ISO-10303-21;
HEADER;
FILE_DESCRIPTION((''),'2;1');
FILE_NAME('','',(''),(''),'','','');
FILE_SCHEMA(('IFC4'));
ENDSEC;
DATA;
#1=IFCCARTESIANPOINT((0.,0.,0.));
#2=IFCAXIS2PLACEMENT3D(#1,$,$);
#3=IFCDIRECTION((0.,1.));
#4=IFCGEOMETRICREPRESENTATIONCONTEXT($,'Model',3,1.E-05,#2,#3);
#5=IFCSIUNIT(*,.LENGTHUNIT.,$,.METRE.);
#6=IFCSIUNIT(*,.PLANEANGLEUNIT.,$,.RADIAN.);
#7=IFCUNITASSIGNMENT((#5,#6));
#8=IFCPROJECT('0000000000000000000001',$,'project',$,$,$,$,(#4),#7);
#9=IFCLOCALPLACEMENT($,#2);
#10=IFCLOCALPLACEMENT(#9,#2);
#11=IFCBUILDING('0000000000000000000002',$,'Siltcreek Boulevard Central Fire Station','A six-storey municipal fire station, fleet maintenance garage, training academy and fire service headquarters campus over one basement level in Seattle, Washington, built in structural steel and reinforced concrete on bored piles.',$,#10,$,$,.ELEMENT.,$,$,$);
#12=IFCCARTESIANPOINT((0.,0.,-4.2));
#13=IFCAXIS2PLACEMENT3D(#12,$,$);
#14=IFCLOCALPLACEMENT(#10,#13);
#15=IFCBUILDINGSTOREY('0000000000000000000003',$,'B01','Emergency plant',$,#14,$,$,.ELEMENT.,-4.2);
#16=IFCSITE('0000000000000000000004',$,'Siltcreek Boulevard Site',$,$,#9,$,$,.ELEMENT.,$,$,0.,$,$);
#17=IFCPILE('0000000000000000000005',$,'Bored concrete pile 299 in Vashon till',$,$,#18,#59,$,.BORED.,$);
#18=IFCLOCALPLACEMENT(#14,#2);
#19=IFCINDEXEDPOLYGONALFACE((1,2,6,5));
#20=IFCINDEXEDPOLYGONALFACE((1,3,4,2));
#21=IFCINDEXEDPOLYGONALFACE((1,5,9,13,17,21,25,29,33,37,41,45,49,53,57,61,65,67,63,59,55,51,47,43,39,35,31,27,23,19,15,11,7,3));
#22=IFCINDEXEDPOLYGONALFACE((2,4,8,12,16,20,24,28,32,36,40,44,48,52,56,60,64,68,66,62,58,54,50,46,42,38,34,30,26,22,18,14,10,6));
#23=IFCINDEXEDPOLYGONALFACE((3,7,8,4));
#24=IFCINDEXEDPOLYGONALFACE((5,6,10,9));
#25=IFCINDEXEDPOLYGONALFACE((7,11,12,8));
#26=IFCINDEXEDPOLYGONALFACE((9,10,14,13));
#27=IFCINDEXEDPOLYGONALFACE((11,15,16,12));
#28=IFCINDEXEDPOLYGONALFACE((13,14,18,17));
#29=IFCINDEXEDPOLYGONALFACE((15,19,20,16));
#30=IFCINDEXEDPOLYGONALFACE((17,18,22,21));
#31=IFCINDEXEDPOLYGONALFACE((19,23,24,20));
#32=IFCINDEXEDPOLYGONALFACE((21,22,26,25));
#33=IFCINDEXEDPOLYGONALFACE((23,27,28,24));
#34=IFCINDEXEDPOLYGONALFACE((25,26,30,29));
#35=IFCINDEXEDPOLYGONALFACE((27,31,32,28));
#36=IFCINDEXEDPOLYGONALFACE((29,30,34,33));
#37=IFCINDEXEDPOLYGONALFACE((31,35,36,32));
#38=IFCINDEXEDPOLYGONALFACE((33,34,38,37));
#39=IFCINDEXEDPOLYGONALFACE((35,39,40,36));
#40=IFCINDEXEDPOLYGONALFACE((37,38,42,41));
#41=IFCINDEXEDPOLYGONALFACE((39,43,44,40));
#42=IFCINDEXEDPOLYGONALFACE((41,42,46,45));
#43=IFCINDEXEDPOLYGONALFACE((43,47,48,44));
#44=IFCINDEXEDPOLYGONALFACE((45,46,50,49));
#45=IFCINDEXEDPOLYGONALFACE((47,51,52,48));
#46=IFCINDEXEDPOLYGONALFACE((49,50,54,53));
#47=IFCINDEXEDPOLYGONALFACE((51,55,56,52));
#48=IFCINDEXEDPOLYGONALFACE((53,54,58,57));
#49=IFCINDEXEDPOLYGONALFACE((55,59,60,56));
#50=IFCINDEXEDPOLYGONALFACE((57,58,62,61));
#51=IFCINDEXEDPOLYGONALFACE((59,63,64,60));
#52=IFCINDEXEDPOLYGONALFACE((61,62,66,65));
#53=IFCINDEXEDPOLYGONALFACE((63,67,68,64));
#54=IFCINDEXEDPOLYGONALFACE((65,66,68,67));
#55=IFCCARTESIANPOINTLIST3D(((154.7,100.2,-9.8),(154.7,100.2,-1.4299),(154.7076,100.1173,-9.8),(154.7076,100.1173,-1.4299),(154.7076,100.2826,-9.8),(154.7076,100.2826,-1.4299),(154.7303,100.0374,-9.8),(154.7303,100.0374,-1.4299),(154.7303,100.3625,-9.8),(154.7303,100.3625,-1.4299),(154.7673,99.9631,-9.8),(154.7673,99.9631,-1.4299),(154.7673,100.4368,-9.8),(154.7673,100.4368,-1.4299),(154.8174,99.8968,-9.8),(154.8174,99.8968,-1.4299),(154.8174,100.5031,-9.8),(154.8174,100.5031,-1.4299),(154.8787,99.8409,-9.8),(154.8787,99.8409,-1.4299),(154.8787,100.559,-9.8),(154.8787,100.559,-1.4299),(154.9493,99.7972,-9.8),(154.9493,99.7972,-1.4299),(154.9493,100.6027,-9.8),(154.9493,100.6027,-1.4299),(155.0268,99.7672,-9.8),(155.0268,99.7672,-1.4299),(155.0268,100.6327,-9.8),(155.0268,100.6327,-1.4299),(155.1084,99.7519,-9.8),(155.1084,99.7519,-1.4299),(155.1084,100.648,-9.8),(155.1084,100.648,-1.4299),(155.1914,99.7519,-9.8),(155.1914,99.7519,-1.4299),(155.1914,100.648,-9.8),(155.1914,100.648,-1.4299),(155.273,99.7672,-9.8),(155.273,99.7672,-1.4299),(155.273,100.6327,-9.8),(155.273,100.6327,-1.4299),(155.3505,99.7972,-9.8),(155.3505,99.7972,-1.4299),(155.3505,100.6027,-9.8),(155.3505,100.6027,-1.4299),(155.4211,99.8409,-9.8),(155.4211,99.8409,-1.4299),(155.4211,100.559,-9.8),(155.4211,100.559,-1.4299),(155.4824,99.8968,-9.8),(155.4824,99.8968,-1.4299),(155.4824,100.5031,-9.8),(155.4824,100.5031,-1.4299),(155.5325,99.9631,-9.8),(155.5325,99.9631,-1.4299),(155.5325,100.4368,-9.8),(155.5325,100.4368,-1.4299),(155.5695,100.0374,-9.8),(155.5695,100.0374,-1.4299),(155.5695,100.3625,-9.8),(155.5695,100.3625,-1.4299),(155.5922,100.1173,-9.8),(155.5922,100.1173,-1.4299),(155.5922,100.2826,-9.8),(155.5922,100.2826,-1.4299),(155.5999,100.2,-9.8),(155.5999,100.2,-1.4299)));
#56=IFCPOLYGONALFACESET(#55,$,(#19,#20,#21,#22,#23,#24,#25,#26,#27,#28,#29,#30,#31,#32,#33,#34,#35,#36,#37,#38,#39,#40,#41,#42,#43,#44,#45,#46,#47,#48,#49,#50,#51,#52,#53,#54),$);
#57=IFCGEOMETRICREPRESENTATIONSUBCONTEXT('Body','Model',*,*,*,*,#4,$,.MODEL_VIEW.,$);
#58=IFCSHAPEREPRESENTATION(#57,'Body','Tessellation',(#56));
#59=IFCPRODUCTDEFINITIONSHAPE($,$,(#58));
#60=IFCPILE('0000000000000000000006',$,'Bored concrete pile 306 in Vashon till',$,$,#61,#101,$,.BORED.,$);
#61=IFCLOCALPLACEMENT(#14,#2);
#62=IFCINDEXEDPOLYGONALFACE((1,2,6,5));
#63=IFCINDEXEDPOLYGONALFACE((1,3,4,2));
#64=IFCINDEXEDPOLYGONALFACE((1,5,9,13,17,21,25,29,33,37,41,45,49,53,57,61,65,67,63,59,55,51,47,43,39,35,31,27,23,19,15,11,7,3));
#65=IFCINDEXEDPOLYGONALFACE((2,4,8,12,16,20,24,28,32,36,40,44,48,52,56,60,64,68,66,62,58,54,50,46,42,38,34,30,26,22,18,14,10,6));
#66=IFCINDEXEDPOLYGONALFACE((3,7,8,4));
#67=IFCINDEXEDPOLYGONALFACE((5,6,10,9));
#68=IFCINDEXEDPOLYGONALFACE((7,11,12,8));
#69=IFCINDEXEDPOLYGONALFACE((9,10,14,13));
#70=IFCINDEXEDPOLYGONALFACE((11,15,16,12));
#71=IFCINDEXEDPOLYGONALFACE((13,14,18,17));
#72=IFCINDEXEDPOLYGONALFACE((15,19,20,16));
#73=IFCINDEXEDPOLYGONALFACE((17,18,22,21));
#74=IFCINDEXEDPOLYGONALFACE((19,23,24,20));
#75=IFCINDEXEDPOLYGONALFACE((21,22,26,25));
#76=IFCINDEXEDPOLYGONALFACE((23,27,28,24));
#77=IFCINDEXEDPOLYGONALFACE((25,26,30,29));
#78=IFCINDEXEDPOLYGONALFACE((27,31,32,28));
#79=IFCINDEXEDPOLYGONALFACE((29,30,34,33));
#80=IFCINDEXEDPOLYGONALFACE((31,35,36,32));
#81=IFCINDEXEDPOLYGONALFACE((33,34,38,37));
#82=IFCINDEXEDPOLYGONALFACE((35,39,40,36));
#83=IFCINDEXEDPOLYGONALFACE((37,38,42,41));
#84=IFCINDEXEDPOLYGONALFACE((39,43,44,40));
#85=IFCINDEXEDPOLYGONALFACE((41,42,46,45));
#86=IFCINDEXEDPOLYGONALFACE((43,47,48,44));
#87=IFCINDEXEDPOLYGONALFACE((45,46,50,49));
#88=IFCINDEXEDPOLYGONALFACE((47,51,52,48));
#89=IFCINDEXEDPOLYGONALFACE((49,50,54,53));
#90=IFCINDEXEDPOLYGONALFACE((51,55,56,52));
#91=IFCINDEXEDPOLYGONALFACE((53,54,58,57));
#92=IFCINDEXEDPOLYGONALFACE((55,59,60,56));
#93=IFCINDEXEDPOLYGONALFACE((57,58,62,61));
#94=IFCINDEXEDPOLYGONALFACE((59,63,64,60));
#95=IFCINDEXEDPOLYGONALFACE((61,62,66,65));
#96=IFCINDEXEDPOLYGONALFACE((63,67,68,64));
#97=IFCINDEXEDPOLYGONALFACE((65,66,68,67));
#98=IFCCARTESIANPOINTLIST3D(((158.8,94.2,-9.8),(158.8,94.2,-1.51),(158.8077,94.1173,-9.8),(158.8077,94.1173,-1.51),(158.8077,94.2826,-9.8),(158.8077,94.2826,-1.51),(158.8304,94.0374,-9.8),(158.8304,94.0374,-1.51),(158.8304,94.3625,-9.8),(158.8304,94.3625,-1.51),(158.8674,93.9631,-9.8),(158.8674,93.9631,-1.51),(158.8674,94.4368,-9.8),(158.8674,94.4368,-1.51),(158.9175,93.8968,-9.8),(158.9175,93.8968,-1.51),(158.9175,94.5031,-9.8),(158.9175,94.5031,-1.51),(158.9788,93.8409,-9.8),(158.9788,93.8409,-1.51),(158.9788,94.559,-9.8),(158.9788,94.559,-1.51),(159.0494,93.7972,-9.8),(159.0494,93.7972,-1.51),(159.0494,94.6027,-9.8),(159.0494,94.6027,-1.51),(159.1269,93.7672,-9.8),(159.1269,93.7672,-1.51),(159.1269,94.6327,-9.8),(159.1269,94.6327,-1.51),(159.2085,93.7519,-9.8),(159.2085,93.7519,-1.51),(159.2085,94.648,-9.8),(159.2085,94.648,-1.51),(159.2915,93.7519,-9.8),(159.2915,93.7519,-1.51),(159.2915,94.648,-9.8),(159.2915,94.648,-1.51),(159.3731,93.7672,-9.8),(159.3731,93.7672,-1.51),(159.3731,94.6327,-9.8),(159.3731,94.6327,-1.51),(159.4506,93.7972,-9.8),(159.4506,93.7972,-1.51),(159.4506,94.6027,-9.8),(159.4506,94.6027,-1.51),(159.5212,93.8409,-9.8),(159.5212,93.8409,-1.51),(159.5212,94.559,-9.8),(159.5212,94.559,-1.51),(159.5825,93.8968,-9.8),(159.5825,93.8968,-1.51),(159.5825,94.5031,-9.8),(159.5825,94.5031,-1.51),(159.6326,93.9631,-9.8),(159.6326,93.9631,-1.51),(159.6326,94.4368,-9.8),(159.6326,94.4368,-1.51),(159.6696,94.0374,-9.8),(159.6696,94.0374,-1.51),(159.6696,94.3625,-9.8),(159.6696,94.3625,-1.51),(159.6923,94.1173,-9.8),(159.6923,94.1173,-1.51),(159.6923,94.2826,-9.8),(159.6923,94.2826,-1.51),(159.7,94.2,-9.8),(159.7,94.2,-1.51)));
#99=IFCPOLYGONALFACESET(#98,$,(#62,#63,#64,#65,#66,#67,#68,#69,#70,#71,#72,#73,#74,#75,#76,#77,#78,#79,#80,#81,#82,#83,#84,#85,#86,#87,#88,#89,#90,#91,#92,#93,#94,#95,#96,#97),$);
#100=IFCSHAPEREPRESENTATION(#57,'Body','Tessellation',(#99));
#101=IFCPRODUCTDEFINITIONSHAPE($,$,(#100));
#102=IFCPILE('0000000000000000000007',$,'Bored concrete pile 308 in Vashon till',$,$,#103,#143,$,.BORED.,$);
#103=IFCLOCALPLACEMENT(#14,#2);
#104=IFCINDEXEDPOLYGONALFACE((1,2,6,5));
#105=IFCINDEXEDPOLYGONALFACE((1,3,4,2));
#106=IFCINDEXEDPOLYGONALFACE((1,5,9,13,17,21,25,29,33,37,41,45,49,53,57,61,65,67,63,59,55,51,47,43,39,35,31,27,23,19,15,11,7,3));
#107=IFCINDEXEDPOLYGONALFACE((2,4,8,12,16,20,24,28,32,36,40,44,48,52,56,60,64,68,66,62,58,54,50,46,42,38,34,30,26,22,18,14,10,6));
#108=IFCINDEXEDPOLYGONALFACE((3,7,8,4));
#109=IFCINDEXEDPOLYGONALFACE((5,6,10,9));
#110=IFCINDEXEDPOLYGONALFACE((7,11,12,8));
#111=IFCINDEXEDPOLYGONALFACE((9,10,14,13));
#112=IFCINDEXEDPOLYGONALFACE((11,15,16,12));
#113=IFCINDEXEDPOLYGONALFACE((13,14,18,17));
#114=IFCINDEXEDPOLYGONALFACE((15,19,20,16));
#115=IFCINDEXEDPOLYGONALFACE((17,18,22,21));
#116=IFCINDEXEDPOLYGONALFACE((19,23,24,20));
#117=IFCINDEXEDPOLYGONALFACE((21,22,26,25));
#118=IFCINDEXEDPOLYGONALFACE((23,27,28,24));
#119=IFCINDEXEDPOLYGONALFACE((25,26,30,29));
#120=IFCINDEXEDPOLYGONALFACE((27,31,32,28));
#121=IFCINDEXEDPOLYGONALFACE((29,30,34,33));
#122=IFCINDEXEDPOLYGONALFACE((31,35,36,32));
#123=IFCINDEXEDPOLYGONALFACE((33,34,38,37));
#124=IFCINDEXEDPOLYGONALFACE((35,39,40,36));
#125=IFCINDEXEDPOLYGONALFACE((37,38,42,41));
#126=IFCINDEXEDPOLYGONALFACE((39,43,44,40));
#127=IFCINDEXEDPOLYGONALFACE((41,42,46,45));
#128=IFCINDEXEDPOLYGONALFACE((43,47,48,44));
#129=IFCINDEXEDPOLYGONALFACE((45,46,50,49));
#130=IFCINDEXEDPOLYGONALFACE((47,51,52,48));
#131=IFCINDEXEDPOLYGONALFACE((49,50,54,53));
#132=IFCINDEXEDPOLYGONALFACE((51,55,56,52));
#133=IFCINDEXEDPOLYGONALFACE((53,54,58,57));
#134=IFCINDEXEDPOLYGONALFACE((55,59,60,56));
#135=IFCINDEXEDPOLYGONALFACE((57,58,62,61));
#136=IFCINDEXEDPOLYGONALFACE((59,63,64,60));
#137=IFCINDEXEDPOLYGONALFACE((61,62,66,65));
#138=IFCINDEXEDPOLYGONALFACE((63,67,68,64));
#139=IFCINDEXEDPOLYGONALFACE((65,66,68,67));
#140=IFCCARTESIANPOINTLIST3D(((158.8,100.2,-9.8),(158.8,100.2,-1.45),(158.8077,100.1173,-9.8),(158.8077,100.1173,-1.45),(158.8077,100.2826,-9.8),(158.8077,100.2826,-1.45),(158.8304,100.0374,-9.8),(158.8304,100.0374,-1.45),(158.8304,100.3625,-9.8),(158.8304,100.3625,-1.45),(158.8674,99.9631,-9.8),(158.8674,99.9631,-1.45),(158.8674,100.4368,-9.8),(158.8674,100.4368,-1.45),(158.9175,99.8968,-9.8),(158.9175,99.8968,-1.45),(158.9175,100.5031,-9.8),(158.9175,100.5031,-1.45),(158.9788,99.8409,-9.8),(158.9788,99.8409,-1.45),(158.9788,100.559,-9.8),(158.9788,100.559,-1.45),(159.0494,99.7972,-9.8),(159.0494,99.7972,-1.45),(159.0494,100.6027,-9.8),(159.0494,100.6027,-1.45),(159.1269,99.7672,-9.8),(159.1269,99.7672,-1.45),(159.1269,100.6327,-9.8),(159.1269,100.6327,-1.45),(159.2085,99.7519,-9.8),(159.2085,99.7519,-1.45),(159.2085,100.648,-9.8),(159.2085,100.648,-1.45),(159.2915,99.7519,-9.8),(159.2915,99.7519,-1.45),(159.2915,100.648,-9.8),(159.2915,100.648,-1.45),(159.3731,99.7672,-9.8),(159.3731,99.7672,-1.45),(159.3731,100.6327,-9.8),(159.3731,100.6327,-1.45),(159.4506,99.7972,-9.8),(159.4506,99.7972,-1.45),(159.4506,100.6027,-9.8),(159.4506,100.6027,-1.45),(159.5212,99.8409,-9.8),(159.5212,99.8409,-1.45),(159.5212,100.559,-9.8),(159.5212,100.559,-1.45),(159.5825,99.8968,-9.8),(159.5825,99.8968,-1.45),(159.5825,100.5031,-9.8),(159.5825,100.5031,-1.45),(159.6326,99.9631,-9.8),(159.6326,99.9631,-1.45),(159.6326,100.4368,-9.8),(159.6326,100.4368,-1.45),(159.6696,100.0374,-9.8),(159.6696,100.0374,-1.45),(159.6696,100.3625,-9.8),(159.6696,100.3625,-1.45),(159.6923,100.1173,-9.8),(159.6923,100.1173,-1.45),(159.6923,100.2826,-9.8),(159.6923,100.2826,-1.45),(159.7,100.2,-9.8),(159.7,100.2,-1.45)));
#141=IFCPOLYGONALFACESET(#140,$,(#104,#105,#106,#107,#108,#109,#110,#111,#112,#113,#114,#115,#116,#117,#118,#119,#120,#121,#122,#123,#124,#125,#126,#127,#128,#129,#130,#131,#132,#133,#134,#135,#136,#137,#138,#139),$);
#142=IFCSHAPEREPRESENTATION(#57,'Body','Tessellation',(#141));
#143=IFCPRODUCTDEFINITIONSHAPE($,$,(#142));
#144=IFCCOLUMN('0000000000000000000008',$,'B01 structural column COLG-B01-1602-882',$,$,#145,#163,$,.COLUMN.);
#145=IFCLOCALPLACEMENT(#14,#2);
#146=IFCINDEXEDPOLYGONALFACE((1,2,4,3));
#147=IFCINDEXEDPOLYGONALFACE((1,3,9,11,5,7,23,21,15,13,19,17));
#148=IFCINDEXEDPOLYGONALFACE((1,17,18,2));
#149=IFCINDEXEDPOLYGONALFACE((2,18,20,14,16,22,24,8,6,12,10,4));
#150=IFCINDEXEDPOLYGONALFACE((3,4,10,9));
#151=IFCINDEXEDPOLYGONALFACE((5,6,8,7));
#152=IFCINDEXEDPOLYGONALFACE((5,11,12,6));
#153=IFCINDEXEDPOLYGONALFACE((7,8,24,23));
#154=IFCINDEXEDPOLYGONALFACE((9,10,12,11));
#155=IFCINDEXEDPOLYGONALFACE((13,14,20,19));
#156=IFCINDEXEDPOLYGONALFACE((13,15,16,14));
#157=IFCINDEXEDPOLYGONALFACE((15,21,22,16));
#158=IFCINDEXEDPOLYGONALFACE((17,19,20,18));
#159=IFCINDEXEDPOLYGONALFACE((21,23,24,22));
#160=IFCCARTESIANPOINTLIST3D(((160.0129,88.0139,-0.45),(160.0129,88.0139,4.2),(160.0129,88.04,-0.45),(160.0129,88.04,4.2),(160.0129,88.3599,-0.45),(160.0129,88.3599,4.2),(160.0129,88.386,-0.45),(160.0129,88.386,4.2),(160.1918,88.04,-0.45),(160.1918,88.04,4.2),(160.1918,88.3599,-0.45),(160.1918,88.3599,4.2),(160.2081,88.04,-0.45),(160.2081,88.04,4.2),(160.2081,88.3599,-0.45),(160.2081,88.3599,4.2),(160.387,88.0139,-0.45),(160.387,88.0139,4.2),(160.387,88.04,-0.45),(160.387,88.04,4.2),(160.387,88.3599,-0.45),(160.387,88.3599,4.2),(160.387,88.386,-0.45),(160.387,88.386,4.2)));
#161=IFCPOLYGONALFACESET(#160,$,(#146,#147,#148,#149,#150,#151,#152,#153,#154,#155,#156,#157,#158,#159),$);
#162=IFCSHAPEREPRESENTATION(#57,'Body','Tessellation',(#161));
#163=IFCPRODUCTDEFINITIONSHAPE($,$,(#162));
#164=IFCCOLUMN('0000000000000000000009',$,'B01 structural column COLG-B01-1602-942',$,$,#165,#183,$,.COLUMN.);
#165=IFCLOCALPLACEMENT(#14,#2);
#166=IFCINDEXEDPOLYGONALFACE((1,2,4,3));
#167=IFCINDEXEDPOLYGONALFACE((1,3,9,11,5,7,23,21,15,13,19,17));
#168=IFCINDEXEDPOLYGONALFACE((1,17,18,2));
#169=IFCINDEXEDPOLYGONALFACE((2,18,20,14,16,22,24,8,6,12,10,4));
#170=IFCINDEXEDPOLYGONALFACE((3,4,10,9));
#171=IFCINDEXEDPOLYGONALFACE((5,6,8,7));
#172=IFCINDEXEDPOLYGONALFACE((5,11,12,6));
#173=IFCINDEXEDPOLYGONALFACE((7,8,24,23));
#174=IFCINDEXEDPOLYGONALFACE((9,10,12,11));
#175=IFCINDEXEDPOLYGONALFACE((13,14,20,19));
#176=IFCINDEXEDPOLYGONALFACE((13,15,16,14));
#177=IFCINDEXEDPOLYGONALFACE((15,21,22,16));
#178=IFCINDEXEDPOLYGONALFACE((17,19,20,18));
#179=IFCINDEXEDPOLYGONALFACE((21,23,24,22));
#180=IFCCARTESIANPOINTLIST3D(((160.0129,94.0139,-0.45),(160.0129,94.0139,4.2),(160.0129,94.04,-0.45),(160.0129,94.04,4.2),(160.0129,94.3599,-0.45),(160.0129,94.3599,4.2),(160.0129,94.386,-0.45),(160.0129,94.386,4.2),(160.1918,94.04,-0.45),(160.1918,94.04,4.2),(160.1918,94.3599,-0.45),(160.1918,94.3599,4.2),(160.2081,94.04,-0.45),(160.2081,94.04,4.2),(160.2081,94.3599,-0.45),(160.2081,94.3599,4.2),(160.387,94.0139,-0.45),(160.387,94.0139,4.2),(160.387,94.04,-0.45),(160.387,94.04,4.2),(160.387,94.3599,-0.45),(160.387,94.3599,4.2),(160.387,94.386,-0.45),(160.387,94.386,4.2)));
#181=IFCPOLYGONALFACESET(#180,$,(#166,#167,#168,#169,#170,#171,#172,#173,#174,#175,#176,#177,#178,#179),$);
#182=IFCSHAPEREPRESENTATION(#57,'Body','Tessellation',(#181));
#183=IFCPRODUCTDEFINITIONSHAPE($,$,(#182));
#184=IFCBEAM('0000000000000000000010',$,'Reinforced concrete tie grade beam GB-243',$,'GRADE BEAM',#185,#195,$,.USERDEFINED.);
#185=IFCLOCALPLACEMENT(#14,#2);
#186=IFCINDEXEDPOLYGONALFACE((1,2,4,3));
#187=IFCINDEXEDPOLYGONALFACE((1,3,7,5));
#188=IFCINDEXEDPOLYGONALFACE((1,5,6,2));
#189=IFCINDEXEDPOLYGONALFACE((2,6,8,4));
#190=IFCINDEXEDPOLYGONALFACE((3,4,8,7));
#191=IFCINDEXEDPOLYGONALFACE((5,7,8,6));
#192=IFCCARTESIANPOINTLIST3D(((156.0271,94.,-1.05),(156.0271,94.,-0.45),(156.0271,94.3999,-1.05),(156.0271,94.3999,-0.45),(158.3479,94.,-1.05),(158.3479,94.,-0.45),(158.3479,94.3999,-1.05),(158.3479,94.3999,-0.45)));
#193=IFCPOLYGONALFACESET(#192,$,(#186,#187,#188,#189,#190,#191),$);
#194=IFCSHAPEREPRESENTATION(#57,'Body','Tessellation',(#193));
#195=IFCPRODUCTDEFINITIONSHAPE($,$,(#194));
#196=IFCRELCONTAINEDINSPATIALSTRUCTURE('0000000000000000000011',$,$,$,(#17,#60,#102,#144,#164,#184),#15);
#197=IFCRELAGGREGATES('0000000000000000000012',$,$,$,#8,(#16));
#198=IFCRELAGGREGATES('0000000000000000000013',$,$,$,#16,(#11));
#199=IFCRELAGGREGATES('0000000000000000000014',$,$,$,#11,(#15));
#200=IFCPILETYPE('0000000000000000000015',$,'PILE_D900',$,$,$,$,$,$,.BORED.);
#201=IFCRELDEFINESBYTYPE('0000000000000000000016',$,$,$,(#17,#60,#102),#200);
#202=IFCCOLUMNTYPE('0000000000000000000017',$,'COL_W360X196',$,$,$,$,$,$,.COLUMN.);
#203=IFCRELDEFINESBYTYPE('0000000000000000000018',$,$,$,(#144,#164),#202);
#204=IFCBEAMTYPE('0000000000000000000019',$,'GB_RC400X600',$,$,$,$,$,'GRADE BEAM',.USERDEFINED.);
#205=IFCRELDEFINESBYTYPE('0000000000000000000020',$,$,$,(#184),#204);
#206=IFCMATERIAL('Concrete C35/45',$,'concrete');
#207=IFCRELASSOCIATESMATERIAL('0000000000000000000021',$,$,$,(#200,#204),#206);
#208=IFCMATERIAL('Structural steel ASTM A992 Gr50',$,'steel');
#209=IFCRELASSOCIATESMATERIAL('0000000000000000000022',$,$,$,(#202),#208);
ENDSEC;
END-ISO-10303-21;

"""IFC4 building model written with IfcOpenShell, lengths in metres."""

from ifc_helpers import new_model, si_unit, direction, frame, origin, origin_2d, place, context, subcontext, project, spatial, rectangle, circle, i_section, extrude, material, material_profile, profile_set, type_object, element, save


model = new_model("IFC4")

# Units and contexts
model_context = context("Model", 3, precision=1e-05, world=origin(), true_north=direction((0.0, 1.0)))
body_context = subcontext(model_context, "Body", "Model", "MODEL_VIEW")
ifc_project = project(units=[si_unit("LENGTHUNIT", "METRE"), si_unit("PLANEANGLEUNIT", "RADIAN")], contexts=[model_context])

# Site, building, storey
site_placement = place(None, origin())
site = spatial("IfcSite", under=ifc_project, at=site_placement, Name="Siltcreek Boulevard Site", CompositionType="ELEMENT", RefElevation=0.0)
building_placement = place(site_placement, origin())
building = spatial("IfcBuilding", under=site, at=building_placement, Name="Siltcreek Boulevard Central Fire Station", Description="A six-storey municipal fire station, fleet maintenance garage, training academy and fire service headquarters campus over one basement level in Seattle, Washington, built in structural steel and reinforced concrete on bored piles.", CompositionType="ELEMENT")
storey_placement = place(building_placement, frame((0.0, 0.0, -4.2)))
storey = spatial("IfcBuildingStorey", under=building, at=storey_placement, Name="B01", Description="Emergency plant", CompositionType="ELEMENT", Elevation=-4.2)

# Shared definitions
ifc_material_1 = material(Name="Concrete C35/45", Category="concrete")

# Piles
ifc_material_profile_1 = material_profile(ifc_material_1, circle(Radius=0.45, at=origin_2d()), Name="SHAFT900")
ifc_profile_set_1 = profile_set([ifc_material_profile_1], Name="Concrete C35/45")
pile_type_1 = type_object("IfcPileType", Name="PILE_D900", PredefinedType="BORED", material=ifc_profile_set_1)
pile_1_placement = place(storey_placement, frame((155.1499, 100.2, -1.4299), z_axis=(0.0, 0.0, -1.0), x_axis=(1.0, 0.0, 0.0)))
element("IfcPile", 1, at=pile_1_placement, inside=storey, type_object=pile_type_1, Name="Bored concrete pile 299 in Vashon till", PredefinedType="BORED", context=body_context, shape_type="SweptSolid", body=[
    extrude(circle(Radius=0.45, at=origin_2d()), origin(), (0.0, 0.0, 1.0), 8.3701),
])
pile_2_placement = place(storey_placement, frame((159.25, 94.2, -1.51), z_axis=(0.0, 0.0, -1.0), x_axis=(1.0, 0.0, 0.0)))
element("IfcPile", 2, at=pile_2_placement, inside=storey, type_object=pile_type_1, Name="Bored concrete pile 306 in Vashon till", PredefinedType="BORED", context=body_context, shape_type="SweptSolid", body=[
    extrude(circle(Radius=0.45, at=origin_2d()), origin(), (0.0, 0.0, 1.0), 8.29),
])
pile_3_placement = place(storey_placement, frame((159.25, 100.2, -1.45), z_axis=(0.0, 0.0, -1.0), x_axis=(1.0, 0.0, 0.0)))
element("IfcPile", 3, at=pile_3_placement, inside=storey, type_object=pile_type_1, Name="Bored concrete pile 308 in Vashon till", PredefinedType="BORED", context=body_context, shape_type="SweptSolid", body=[
    extrude(circle(Radius=0.45, at=origin_2d()), origin(), (0.0, 0.0, 1.0), 8.3501),
])

# Columns
ifc_material_2 = material(Name="Structural steel ASTM A992 Gr50", Category="steel")
ifc_material_profile_2 = material_profile(ifc_material_2, i_section(OverallWidth=0.374, OverallDepth=0.3721, WebThickness=0.0164, FlangeThickness=0.0261, at=origin_2d()), Name="W360X196")
ifc_profile_set_2 = profile_set([ifc_material_profile_2], Name="Structural steel ASTM A992 Gr50")
column_type = type_object("IfcColumnType", Name="COL_W360X196", PredefinedType="COLUMN", material=ifc_profile_set_2)
for number, where, z_axis, x_axis, name in (
    (4, (160.2, 88.2, -0.45), (0.0, 0.0, 1.0), (1.0, 0.0, 0.0), "B01 structural column COLG-B01-1602-882"),
    (5, (160.2, 94.2, -0.45), (0.0, 0.0, 1.0), (1.0, 0.0, 0.0), "B01 structural column COLG-B01-1602-942"),
):
    element("IfcColumn", number, at=place(storey_placement, frame(where, z_axis=z_axis, x_axis=x_axis)), inside=storey, type_object=column_type, Name=name, PredefinedType="COLUMN", context=body_context, shape_type="SweptSolid", body=[
        extrude(i_section(OverallWidth=0.374, OverallDepth=0.3721, WebThickness=0.0164, FlangeThickness=0.0261, at=origin_2d()), origin(), (0.0, 0.0, 1.0), 4.6499),
    ])

# Beam
ifc_material_profile_3 = material_profile(ifc_material_1, rectangle(XDim=0.3999, YDim=0.6001, at=origin_2d()), Name="RC400X600")
ifc_profile_set_3 = profile_set([ifc_material_profile_3], Name="Concrete C35/45")
beam_type_1 = type_object("IfcBeamType", Name="GB_RC400X600", ElementType="GRADE BEAM", PredefinedType="USERDEFINED", material=ifc_profile_set_3)
beam_1_placement = place(storey_placement, frame((156.0271, 94.2, -0.75), z_axis=(1.0, 0.0, 0.0), x_axis=(0.0, 1.0, 0.0)))
element("IfcBeam", 6, at=beam_1_placement, inside=storey, type_object=beam_type_1, Name="Reinforced concrete tie grade beam GB-243", ObjectType="GRADE BEAM", PredefinedType="USERDEFINED", context=body_context, shape_type="SweptSolid", body=[
    extrude(rectangle(XDim=0.3999, YDim=0.6001, at=origin_2d()), origin(), (0.0, 0.0, 1.0), 2.3208),
])

save(model, "model.ifc")
